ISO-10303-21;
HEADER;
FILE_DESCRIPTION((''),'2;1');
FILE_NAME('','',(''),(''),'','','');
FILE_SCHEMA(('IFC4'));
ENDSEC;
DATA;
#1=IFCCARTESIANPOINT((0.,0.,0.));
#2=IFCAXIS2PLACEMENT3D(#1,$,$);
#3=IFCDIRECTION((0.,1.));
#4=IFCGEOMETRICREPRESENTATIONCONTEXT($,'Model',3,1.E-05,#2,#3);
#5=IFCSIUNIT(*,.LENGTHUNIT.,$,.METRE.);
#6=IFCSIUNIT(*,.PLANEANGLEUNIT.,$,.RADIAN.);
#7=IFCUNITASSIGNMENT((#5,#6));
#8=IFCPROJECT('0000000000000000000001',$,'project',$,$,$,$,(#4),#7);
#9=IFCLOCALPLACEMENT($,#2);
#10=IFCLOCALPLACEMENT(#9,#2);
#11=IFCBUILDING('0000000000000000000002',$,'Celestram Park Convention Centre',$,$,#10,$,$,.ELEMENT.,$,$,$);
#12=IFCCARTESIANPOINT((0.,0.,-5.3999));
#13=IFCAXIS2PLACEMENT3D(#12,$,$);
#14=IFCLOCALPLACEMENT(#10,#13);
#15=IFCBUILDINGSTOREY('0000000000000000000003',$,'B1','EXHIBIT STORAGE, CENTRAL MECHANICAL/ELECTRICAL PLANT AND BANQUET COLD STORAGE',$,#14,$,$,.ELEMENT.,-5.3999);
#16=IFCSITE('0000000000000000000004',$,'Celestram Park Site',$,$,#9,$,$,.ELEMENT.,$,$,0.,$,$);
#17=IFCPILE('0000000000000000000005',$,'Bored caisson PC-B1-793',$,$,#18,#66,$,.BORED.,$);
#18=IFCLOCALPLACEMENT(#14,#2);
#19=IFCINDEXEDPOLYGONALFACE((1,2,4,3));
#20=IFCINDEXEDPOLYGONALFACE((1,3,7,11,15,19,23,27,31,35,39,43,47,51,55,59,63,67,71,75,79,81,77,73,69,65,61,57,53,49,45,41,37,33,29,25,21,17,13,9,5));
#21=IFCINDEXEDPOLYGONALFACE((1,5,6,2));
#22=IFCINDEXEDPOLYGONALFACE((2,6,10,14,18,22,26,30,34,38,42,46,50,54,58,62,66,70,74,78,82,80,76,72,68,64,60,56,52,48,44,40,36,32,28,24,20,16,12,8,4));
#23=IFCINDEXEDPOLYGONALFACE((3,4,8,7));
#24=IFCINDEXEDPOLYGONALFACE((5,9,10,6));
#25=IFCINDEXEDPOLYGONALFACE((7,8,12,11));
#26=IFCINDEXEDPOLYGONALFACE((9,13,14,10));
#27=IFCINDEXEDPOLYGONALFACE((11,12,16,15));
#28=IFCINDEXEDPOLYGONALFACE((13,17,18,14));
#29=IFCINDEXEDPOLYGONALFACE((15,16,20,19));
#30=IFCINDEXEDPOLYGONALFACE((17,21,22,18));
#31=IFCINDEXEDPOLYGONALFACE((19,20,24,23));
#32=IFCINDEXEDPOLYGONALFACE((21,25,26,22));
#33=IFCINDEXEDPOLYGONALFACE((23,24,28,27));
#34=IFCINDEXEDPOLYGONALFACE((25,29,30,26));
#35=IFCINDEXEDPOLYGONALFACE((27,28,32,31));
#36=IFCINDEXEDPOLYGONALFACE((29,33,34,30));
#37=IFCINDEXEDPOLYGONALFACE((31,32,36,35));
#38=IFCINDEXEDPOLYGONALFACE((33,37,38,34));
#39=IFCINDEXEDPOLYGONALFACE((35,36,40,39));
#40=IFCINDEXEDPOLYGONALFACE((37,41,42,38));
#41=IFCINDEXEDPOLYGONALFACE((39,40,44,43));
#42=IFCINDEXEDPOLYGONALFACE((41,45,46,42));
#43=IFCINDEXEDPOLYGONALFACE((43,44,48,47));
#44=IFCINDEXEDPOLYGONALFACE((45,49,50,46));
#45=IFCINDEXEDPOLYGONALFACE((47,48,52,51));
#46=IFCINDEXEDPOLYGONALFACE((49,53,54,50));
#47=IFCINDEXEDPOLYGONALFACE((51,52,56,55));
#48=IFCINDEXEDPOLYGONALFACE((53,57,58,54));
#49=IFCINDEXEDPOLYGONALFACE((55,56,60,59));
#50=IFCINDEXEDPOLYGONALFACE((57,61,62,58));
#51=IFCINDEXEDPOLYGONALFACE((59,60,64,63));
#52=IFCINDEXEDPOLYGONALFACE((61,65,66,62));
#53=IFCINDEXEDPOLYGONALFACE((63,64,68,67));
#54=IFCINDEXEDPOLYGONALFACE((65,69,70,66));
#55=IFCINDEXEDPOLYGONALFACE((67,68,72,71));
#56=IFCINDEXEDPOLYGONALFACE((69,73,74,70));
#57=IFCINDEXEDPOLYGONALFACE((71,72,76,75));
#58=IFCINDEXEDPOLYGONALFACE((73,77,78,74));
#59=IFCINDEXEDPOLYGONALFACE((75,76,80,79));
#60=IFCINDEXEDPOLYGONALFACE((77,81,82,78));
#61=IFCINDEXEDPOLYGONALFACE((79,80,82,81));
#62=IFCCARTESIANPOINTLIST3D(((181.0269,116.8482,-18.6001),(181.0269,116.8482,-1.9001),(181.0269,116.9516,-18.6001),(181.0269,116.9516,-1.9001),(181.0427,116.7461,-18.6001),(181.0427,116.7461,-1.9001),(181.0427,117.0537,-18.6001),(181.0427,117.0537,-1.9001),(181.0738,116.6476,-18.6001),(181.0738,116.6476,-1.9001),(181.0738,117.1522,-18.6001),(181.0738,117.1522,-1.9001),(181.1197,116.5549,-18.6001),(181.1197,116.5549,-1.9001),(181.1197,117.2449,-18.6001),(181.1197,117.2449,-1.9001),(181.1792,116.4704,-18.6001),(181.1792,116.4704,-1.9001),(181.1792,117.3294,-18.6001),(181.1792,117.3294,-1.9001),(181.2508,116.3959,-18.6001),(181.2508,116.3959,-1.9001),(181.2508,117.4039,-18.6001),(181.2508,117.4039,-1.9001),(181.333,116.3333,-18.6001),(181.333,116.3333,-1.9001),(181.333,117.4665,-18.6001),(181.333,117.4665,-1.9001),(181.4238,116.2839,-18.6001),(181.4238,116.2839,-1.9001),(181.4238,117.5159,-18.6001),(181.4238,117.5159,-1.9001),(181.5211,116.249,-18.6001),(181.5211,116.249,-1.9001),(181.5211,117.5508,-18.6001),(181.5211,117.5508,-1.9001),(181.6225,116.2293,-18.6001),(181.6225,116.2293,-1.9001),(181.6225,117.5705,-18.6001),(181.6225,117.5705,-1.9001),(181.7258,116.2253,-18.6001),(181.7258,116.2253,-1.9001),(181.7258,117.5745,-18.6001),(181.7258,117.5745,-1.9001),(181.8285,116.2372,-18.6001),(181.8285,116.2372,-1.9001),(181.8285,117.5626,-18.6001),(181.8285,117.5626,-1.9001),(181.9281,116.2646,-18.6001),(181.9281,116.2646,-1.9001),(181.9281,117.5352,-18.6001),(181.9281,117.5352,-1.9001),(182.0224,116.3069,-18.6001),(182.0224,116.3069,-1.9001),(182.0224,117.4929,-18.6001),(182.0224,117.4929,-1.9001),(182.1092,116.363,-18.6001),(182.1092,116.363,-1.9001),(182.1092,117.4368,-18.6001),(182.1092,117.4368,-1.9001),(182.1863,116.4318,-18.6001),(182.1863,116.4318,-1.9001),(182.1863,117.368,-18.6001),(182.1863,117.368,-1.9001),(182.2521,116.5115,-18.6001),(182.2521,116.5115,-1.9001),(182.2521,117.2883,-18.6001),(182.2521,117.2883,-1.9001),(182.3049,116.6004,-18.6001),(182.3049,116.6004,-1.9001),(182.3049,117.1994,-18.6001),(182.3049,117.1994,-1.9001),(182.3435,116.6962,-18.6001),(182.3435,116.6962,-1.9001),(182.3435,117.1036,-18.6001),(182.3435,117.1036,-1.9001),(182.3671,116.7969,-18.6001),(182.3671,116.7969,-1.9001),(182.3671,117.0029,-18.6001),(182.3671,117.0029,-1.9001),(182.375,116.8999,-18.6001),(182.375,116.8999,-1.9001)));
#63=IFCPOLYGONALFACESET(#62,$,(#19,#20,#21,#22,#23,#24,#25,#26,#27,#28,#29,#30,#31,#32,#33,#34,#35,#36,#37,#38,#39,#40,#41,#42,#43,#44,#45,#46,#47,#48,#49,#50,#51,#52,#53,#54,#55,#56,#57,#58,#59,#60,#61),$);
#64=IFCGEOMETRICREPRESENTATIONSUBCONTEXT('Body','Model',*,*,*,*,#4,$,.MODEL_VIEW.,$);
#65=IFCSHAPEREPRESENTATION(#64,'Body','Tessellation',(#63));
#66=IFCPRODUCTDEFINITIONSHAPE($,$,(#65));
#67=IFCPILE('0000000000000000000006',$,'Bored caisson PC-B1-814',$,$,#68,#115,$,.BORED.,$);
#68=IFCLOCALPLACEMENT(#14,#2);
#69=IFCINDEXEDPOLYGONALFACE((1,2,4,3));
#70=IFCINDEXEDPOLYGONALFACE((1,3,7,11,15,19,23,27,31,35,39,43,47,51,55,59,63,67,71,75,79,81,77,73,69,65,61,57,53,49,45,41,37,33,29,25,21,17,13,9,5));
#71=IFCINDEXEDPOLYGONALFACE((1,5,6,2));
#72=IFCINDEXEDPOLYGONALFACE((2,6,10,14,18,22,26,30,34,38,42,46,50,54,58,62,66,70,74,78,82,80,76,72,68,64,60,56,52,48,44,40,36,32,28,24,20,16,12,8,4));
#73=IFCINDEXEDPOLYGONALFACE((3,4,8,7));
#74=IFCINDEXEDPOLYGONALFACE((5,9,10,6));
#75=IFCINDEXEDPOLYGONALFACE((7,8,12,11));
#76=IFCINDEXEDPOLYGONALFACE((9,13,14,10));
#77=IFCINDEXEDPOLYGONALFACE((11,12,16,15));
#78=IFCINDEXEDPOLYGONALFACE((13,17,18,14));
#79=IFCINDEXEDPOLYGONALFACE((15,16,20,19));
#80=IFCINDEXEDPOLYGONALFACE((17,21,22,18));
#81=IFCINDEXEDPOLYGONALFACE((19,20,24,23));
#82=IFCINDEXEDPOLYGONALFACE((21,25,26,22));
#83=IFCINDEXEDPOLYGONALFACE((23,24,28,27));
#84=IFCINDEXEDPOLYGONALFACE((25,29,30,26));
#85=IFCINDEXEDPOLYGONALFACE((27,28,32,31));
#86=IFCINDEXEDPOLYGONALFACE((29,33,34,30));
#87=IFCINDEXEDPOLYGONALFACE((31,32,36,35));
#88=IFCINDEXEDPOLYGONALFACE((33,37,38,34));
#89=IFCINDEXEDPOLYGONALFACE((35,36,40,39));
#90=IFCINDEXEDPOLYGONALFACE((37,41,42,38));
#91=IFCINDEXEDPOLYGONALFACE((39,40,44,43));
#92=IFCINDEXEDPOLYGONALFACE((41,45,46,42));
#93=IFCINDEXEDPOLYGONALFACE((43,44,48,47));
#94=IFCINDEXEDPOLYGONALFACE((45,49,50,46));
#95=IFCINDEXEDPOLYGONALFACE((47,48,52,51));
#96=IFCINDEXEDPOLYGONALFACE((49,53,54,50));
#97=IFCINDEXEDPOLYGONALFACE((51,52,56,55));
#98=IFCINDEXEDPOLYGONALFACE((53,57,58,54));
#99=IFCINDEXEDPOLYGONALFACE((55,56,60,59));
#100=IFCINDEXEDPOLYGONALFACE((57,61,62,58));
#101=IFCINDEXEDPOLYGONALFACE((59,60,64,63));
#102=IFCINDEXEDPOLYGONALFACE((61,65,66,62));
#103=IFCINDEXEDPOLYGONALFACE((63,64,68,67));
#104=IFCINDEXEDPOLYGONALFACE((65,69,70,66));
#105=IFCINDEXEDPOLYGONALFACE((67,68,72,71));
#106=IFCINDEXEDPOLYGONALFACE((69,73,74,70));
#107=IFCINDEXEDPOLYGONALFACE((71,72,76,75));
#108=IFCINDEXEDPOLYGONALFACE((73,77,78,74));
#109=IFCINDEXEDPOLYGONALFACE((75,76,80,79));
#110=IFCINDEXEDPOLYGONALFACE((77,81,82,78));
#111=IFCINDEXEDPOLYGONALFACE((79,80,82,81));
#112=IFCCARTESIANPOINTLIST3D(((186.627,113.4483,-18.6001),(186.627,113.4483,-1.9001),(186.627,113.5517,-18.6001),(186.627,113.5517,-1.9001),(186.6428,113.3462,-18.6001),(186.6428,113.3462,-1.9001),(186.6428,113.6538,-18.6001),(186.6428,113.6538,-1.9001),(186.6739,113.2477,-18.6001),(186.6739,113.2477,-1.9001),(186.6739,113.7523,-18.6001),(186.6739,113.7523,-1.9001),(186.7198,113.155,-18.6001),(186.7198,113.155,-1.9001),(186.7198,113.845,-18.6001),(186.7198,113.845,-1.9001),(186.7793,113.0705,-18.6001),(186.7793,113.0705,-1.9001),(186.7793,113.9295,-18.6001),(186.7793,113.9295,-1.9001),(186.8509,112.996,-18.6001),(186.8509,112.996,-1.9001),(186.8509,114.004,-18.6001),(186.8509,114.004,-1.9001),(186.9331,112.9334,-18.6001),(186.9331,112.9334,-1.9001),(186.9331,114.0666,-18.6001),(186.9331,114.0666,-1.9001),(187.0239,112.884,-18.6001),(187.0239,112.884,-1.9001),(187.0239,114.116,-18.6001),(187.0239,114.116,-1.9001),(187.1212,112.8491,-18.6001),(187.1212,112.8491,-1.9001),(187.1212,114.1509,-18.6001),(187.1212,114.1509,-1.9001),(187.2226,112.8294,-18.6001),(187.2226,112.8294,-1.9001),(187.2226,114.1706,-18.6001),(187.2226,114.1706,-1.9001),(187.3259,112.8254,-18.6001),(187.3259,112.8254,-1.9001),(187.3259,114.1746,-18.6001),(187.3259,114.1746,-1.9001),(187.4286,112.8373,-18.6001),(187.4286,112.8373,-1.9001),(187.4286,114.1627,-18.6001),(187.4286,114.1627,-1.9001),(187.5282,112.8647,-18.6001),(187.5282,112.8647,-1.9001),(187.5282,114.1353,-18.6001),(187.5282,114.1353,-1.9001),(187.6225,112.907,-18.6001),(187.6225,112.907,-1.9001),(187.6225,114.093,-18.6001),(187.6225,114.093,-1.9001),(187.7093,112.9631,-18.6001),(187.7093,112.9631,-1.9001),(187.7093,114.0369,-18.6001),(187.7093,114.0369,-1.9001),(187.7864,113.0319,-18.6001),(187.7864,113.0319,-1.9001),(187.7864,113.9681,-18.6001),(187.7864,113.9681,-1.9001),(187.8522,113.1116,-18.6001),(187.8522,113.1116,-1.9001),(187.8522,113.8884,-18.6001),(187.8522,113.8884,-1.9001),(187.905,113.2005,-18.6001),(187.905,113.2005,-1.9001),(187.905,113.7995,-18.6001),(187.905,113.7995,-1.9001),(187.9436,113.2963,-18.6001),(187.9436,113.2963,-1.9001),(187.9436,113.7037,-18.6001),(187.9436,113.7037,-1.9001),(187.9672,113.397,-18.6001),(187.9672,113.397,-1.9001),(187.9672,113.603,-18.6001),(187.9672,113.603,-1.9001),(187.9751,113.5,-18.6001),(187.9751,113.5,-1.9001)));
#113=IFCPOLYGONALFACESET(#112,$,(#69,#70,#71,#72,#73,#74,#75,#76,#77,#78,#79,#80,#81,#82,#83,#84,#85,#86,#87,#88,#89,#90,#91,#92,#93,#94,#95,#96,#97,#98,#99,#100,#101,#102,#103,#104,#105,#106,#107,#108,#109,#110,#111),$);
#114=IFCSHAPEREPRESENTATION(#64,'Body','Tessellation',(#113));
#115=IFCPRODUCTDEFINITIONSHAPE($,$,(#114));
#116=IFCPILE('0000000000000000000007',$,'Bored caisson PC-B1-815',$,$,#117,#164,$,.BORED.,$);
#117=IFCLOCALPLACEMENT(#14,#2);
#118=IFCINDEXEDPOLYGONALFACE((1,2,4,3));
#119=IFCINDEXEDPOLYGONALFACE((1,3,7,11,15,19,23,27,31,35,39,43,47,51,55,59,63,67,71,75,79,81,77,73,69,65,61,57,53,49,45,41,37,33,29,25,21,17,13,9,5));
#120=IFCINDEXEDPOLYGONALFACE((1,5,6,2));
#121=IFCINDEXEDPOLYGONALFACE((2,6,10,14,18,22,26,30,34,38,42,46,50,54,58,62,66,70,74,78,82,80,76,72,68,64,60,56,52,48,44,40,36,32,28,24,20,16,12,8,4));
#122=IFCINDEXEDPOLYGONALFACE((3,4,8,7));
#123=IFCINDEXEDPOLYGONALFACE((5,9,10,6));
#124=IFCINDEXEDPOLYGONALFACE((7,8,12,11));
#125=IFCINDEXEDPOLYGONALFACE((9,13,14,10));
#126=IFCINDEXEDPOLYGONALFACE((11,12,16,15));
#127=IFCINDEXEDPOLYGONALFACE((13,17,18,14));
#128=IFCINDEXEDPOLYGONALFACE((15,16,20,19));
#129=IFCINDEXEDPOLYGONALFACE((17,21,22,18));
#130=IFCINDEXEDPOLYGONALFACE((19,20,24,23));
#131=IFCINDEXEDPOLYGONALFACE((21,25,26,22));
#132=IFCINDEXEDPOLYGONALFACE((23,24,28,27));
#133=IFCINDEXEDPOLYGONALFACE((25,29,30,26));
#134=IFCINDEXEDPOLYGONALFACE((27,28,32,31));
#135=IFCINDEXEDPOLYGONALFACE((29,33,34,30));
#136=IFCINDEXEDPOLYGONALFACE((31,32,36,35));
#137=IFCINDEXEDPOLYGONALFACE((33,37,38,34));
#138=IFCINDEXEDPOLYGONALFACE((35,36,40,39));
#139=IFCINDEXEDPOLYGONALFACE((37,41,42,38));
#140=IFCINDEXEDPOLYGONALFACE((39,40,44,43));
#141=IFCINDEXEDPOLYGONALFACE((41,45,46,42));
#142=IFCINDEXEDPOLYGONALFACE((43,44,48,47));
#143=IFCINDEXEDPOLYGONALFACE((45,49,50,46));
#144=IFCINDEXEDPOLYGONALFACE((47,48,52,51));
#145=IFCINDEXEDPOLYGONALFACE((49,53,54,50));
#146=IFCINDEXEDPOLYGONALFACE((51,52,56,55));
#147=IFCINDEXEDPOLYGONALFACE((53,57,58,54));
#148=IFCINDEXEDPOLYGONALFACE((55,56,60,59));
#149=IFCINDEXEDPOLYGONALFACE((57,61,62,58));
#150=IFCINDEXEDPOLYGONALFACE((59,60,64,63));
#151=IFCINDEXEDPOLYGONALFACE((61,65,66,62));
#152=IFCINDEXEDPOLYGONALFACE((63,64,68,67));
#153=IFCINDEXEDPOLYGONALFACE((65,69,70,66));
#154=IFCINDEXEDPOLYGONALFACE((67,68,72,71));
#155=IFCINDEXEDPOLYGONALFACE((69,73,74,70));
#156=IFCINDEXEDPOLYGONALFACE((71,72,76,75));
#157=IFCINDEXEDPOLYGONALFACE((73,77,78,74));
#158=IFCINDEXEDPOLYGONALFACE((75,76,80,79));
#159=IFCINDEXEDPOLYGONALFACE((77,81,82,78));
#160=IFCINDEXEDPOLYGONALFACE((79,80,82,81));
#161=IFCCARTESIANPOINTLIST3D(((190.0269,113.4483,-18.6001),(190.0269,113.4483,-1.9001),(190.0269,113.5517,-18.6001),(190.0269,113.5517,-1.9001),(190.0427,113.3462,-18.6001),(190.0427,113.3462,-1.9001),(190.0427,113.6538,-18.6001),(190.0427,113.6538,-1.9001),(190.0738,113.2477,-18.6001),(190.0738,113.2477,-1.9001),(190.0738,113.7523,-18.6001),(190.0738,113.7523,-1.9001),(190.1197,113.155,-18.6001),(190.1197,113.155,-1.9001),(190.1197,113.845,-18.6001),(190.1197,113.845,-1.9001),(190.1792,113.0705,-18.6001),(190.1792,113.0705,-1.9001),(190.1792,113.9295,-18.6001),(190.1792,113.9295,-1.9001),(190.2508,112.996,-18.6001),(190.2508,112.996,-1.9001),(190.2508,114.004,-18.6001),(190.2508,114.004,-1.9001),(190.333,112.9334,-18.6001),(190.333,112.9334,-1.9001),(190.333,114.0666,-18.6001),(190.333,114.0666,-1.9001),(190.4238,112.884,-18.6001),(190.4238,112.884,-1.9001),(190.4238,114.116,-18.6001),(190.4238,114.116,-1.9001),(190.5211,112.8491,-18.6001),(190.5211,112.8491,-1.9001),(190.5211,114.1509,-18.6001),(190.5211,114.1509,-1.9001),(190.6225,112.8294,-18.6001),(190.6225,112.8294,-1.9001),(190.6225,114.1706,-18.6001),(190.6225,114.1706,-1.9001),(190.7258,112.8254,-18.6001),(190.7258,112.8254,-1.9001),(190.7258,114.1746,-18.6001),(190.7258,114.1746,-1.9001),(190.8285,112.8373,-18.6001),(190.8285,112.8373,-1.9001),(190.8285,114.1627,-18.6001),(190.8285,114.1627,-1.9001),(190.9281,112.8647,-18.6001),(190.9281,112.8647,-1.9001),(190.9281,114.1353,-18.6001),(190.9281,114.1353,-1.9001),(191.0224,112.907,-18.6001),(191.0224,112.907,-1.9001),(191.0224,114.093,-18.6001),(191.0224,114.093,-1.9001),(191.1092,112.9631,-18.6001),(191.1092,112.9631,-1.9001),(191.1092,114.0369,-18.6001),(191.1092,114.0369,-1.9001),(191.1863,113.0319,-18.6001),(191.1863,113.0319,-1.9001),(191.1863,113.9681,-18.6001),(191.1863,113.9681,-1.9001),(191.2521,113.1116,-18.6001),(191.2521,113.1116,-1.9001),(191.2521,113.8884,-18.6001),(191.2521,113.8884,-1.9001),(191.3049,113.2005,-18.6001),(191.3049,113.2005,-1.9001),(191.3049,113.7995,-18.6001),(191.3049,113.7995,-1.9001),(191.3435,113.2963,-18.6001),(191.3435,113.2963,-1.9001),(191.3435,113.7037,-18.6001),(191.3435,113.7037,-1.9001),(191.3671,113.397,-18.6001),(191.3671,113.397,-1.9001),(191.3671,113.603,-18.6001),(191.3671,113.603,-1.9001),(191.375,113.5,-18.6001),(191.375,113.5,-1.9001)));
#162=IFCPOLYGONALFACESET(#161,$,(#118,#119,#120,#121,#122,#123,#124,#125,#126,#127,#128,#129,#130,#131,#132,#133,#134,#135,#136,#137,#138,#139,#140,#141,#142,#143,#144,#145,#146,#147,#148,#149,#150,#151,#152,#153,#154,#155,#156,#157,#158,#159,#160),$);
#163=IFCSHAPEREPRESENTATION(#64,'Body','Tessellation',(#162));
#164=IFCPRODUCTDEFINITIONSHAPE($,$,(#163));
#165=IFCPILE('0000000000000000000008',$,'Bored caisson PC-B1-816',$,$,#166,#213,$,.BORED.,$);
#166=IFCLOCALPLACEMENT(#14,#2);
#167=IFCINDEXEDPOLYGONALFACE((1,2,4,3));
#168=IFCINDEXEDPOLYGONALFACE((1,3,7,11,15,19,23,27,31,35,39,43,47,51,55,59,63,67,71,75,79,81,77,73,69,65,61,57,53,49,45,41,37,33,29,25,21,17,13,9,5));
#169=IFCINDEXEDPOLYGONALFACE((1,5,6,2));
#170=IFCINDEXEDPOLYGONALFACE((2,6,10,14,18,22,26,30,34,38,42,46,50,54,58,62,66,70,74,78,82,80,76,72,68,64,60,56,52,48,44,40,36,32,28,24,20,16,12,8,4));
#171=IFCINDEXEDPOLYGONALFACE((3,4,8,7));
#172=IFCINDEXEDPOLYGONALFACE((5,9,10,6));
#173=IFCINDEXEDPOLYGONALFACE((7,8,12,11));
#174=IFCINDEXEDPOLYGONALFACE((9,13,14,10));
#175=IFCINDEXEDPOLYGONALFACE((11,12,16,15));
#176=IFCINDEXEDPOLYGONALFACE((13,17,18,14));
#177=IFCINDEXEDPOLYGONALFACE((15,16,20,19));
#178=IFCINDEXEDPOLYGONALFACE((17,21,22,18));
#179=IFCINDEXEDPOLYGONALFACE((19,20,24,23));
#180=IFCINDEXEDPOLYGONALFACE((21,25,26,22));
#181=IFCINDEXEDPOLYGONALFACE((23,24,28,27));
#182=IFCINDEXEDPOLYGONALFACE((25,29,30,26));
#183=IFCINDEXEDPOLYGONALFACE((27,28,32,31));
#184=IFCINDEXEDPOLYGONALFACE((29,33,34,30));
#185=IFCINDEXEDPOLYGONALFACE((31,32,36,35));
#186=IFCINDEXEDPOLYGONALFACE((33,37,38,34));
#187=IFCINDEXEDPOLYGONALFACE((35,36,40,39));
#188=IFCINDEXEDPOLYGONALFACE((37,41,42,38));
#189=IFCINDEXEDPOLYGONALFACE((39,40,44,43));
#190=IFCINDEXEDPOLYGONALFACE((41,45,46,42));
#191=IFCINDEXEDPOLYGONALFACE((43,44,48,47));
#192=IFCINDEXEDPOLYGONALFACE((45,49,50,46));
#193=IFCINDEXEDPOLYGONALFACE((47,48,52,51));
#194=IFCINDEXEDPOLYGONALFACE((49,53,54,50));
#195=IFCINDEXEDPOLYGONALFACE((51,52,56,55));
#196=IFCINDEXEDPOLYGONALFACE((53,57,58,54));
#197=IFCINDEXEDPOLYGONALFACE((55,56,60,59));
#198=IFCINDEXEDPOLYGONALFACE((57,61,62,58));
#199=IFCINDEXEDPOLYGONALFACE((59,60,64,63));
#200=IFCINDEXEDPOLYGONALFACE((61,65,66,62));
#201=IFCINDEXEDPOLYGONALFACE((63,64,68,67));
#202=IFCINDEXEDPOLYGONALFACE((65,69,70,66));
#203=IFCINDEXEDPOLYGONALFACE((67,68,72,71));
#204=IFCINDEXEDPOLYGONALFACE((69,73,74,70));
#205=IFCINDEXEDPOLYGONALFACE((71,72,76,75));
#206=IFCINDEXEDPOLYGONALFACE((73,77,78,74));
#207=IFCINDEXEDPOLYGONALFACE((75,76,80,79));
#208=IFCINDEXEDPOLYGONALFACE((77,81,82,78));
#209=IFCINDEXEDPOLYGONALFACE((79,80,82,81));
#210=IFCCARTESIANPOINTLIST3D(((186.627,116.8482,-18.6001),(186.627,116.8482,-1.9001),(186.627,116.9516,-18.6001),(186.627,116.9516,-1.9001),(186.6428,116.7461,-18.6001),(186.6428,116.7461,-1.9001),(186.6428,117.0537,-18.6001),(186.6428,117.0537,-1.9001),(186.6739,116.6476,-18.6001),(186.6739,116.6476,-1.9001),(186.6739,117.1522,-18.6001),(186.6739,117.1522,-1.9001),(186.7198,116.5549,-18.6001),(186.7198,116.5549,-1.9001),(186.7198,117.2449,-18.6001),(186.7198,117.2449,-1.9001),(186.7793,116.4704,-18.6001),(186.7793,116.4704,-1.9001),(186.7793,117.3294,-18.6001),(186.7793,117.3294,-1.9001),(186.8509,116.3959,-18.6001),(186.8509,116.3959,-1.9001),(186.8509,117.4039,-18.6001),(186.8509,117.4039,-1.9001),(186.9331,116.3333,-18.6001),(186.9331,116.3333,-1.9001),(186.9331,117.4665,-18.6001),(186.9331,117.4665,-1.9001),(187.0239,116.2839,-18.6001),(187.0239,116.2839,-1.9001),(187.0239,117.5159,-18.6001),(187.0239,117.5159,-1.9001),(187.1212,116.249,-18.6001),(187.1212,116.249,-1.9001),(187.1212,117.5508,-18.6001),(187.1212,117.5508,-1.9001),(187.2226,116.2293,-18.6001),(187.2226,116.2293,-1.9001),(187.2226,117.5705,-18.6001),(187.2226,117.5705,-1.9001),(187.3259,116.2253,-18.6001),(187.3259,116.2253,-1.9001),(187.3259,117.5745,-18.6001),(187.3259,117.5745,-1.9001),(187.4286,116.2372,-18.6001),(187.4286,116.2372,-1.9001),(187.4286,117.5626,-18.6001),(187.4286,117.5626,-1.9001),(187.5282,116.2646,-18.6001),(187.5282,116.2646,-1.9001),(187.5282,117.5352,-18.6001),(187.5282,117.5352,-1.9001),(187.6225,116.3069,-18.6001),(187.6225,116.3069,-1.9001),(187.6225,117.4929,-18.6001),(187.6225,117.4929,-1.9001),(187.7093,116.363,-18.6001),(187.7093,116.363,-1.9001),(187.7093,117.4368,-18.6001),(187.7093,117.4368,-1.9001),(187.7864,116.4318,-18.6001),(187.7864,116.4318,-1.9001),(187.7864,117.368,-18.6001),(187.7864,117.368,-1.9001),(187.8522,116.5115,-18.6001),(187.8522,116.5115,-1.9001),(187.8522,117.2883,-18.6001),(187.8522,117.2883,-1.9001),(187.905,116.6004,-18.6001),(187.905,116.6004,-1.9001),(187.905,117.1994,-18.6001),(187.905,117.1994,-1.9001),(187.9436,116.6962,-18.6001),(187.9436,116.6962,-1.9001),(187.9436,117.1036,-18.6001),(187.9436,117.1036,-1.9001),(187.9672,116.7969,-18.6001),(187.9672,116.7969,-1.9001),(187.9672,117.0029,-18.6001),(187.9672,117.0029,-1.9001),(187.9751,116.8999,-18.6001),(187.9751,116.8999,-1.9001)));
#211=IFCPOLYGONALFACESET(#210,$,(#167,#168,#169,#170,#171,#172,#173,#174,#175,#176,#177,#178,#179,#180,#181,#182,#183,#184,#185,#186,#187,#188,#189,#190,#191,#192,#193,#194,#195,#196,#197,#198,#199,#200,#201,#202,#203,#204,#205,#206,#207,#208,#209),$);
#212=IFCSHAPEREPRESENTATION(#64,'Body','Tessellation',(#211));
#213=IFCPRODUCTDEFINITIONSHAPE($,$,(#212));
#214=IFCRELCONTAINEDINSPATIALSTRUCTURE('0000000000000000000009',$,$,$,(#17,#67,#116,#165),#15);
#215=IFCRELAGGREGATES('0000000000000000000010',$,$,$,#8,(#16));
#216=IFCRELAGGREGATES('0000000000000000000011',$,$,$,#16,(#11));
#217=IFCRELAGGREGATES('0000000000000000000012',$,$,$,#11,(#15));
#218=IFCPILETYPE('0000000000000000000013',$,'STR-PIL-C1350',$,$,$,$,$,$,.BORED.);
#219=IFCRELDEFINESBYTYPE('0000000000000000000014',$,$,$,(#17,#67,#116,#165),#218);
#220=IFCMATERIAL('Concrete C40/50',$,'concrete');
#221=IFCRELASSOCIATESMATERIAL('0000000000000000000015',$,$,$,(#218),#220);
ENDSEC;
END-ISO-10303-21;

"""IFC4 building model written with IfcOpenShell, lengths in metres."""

from ifc_helpers import new_model, si_unit, direction, frame, origin, origin_2d, place, context, subcontext, project, spatial, circle, extrude, material, material_profile, profile_set, type_object, element, save


model = new_model("IFC4")

# Units and contexts
model_context = context("Model", 3, precision=1e-05, world=origin(), true_north=direction((0.0, 1.0)))
body_context = subcontext(model_context, "Body", "Model", "MODEL_VIEW")
ifc_project = project(units=[si_unit("LENGTHUNIT", "METRE"), si_unit("PLANEANGLEUNIT", "RADIAN")], contexts=[model_context])

# Site, building, storey
site_placement = place(None, origin())
site = spatial("IfcSite", under=ifc_project, at=site_placement, Name="Celestram Park Site", CompositionType="ELEMENT", RefElevation=0.0)
building_placement = place(site_placement, origin())
building = spatial("IfcBuilding", under=site, at=building_placement, Name="Celestram Park Convention Centre", CompositionType="ELEMENT")
storey_placement = place(building_placement, frame((0.0, 0.0, -5.3999)))
storey = spatial("IfcBuildingStorey", under=building, at=storey_placement, Name="B1", Description="EXHIBIT STORAGE, CENTRAL MECHANICAL/ELECTRICAL PLANT AND BANQUET COLD STORAGE", CompositionType="ELEMENT", Elevation=-5.3999)

# Shared definitions
ifc_material_1 = material(Name="Concrete C40/50", Category="concrete")

# Piles
ifc_material_profile_1 = material_profile(ifc_material_1, circle(Radius=0.675, at=origin_2d()), Name="CAISSON1350")
ifc_profile_set_1 = profile_set([ifc_material_profile_1], Name="Concrete C40/50")
pile_type_1 = type_object("IfcPileType", Name="STR-PIL-C1350", PredefinedType="BORED", material=ifc_profile_set_1)
for number, where, z_axis, x_axis, name in (
    (1, (181.7, 116.8999, -1.9001), (0.0, 0.0, -1.0), (1.0, 0.0, 0.0), "Bored caisson PC-B1-793"),
    (2, (187.3, 113.5, -1.9001), (0.0, 0.0, -1.0), (1.0, 0.0, 0.0), "Bored caisson PC-B1-814"),
    (3, (190.7, 113.5, -1.9001), (0.0, 0.0, -1.0), (1.0, 0.0, 0.0), "Bored caisson PC-B1-815"),
    (4, (187.3, 116.8999, -1.9001), (0.0, 0.0, -1.0), (1.0, 0.0, 0.0), "Bored caisson PC-B1-816"),
):
    element("IfcPile", number, at=place(storey_placement, frame(where, z_axis=z_axis, x_axis=x_axis)), inside=storey, type_object=pile_type_1, Name=name, PredefinedType="BORED", context=body_context, shape_type="SweptSolid", body=[
        extrude(circle(Radius=0.675, at=origin_2d()), origin(), (0.0, 0.0, 1.0), 16.7),
    ])

save(model, "model.ifc")
